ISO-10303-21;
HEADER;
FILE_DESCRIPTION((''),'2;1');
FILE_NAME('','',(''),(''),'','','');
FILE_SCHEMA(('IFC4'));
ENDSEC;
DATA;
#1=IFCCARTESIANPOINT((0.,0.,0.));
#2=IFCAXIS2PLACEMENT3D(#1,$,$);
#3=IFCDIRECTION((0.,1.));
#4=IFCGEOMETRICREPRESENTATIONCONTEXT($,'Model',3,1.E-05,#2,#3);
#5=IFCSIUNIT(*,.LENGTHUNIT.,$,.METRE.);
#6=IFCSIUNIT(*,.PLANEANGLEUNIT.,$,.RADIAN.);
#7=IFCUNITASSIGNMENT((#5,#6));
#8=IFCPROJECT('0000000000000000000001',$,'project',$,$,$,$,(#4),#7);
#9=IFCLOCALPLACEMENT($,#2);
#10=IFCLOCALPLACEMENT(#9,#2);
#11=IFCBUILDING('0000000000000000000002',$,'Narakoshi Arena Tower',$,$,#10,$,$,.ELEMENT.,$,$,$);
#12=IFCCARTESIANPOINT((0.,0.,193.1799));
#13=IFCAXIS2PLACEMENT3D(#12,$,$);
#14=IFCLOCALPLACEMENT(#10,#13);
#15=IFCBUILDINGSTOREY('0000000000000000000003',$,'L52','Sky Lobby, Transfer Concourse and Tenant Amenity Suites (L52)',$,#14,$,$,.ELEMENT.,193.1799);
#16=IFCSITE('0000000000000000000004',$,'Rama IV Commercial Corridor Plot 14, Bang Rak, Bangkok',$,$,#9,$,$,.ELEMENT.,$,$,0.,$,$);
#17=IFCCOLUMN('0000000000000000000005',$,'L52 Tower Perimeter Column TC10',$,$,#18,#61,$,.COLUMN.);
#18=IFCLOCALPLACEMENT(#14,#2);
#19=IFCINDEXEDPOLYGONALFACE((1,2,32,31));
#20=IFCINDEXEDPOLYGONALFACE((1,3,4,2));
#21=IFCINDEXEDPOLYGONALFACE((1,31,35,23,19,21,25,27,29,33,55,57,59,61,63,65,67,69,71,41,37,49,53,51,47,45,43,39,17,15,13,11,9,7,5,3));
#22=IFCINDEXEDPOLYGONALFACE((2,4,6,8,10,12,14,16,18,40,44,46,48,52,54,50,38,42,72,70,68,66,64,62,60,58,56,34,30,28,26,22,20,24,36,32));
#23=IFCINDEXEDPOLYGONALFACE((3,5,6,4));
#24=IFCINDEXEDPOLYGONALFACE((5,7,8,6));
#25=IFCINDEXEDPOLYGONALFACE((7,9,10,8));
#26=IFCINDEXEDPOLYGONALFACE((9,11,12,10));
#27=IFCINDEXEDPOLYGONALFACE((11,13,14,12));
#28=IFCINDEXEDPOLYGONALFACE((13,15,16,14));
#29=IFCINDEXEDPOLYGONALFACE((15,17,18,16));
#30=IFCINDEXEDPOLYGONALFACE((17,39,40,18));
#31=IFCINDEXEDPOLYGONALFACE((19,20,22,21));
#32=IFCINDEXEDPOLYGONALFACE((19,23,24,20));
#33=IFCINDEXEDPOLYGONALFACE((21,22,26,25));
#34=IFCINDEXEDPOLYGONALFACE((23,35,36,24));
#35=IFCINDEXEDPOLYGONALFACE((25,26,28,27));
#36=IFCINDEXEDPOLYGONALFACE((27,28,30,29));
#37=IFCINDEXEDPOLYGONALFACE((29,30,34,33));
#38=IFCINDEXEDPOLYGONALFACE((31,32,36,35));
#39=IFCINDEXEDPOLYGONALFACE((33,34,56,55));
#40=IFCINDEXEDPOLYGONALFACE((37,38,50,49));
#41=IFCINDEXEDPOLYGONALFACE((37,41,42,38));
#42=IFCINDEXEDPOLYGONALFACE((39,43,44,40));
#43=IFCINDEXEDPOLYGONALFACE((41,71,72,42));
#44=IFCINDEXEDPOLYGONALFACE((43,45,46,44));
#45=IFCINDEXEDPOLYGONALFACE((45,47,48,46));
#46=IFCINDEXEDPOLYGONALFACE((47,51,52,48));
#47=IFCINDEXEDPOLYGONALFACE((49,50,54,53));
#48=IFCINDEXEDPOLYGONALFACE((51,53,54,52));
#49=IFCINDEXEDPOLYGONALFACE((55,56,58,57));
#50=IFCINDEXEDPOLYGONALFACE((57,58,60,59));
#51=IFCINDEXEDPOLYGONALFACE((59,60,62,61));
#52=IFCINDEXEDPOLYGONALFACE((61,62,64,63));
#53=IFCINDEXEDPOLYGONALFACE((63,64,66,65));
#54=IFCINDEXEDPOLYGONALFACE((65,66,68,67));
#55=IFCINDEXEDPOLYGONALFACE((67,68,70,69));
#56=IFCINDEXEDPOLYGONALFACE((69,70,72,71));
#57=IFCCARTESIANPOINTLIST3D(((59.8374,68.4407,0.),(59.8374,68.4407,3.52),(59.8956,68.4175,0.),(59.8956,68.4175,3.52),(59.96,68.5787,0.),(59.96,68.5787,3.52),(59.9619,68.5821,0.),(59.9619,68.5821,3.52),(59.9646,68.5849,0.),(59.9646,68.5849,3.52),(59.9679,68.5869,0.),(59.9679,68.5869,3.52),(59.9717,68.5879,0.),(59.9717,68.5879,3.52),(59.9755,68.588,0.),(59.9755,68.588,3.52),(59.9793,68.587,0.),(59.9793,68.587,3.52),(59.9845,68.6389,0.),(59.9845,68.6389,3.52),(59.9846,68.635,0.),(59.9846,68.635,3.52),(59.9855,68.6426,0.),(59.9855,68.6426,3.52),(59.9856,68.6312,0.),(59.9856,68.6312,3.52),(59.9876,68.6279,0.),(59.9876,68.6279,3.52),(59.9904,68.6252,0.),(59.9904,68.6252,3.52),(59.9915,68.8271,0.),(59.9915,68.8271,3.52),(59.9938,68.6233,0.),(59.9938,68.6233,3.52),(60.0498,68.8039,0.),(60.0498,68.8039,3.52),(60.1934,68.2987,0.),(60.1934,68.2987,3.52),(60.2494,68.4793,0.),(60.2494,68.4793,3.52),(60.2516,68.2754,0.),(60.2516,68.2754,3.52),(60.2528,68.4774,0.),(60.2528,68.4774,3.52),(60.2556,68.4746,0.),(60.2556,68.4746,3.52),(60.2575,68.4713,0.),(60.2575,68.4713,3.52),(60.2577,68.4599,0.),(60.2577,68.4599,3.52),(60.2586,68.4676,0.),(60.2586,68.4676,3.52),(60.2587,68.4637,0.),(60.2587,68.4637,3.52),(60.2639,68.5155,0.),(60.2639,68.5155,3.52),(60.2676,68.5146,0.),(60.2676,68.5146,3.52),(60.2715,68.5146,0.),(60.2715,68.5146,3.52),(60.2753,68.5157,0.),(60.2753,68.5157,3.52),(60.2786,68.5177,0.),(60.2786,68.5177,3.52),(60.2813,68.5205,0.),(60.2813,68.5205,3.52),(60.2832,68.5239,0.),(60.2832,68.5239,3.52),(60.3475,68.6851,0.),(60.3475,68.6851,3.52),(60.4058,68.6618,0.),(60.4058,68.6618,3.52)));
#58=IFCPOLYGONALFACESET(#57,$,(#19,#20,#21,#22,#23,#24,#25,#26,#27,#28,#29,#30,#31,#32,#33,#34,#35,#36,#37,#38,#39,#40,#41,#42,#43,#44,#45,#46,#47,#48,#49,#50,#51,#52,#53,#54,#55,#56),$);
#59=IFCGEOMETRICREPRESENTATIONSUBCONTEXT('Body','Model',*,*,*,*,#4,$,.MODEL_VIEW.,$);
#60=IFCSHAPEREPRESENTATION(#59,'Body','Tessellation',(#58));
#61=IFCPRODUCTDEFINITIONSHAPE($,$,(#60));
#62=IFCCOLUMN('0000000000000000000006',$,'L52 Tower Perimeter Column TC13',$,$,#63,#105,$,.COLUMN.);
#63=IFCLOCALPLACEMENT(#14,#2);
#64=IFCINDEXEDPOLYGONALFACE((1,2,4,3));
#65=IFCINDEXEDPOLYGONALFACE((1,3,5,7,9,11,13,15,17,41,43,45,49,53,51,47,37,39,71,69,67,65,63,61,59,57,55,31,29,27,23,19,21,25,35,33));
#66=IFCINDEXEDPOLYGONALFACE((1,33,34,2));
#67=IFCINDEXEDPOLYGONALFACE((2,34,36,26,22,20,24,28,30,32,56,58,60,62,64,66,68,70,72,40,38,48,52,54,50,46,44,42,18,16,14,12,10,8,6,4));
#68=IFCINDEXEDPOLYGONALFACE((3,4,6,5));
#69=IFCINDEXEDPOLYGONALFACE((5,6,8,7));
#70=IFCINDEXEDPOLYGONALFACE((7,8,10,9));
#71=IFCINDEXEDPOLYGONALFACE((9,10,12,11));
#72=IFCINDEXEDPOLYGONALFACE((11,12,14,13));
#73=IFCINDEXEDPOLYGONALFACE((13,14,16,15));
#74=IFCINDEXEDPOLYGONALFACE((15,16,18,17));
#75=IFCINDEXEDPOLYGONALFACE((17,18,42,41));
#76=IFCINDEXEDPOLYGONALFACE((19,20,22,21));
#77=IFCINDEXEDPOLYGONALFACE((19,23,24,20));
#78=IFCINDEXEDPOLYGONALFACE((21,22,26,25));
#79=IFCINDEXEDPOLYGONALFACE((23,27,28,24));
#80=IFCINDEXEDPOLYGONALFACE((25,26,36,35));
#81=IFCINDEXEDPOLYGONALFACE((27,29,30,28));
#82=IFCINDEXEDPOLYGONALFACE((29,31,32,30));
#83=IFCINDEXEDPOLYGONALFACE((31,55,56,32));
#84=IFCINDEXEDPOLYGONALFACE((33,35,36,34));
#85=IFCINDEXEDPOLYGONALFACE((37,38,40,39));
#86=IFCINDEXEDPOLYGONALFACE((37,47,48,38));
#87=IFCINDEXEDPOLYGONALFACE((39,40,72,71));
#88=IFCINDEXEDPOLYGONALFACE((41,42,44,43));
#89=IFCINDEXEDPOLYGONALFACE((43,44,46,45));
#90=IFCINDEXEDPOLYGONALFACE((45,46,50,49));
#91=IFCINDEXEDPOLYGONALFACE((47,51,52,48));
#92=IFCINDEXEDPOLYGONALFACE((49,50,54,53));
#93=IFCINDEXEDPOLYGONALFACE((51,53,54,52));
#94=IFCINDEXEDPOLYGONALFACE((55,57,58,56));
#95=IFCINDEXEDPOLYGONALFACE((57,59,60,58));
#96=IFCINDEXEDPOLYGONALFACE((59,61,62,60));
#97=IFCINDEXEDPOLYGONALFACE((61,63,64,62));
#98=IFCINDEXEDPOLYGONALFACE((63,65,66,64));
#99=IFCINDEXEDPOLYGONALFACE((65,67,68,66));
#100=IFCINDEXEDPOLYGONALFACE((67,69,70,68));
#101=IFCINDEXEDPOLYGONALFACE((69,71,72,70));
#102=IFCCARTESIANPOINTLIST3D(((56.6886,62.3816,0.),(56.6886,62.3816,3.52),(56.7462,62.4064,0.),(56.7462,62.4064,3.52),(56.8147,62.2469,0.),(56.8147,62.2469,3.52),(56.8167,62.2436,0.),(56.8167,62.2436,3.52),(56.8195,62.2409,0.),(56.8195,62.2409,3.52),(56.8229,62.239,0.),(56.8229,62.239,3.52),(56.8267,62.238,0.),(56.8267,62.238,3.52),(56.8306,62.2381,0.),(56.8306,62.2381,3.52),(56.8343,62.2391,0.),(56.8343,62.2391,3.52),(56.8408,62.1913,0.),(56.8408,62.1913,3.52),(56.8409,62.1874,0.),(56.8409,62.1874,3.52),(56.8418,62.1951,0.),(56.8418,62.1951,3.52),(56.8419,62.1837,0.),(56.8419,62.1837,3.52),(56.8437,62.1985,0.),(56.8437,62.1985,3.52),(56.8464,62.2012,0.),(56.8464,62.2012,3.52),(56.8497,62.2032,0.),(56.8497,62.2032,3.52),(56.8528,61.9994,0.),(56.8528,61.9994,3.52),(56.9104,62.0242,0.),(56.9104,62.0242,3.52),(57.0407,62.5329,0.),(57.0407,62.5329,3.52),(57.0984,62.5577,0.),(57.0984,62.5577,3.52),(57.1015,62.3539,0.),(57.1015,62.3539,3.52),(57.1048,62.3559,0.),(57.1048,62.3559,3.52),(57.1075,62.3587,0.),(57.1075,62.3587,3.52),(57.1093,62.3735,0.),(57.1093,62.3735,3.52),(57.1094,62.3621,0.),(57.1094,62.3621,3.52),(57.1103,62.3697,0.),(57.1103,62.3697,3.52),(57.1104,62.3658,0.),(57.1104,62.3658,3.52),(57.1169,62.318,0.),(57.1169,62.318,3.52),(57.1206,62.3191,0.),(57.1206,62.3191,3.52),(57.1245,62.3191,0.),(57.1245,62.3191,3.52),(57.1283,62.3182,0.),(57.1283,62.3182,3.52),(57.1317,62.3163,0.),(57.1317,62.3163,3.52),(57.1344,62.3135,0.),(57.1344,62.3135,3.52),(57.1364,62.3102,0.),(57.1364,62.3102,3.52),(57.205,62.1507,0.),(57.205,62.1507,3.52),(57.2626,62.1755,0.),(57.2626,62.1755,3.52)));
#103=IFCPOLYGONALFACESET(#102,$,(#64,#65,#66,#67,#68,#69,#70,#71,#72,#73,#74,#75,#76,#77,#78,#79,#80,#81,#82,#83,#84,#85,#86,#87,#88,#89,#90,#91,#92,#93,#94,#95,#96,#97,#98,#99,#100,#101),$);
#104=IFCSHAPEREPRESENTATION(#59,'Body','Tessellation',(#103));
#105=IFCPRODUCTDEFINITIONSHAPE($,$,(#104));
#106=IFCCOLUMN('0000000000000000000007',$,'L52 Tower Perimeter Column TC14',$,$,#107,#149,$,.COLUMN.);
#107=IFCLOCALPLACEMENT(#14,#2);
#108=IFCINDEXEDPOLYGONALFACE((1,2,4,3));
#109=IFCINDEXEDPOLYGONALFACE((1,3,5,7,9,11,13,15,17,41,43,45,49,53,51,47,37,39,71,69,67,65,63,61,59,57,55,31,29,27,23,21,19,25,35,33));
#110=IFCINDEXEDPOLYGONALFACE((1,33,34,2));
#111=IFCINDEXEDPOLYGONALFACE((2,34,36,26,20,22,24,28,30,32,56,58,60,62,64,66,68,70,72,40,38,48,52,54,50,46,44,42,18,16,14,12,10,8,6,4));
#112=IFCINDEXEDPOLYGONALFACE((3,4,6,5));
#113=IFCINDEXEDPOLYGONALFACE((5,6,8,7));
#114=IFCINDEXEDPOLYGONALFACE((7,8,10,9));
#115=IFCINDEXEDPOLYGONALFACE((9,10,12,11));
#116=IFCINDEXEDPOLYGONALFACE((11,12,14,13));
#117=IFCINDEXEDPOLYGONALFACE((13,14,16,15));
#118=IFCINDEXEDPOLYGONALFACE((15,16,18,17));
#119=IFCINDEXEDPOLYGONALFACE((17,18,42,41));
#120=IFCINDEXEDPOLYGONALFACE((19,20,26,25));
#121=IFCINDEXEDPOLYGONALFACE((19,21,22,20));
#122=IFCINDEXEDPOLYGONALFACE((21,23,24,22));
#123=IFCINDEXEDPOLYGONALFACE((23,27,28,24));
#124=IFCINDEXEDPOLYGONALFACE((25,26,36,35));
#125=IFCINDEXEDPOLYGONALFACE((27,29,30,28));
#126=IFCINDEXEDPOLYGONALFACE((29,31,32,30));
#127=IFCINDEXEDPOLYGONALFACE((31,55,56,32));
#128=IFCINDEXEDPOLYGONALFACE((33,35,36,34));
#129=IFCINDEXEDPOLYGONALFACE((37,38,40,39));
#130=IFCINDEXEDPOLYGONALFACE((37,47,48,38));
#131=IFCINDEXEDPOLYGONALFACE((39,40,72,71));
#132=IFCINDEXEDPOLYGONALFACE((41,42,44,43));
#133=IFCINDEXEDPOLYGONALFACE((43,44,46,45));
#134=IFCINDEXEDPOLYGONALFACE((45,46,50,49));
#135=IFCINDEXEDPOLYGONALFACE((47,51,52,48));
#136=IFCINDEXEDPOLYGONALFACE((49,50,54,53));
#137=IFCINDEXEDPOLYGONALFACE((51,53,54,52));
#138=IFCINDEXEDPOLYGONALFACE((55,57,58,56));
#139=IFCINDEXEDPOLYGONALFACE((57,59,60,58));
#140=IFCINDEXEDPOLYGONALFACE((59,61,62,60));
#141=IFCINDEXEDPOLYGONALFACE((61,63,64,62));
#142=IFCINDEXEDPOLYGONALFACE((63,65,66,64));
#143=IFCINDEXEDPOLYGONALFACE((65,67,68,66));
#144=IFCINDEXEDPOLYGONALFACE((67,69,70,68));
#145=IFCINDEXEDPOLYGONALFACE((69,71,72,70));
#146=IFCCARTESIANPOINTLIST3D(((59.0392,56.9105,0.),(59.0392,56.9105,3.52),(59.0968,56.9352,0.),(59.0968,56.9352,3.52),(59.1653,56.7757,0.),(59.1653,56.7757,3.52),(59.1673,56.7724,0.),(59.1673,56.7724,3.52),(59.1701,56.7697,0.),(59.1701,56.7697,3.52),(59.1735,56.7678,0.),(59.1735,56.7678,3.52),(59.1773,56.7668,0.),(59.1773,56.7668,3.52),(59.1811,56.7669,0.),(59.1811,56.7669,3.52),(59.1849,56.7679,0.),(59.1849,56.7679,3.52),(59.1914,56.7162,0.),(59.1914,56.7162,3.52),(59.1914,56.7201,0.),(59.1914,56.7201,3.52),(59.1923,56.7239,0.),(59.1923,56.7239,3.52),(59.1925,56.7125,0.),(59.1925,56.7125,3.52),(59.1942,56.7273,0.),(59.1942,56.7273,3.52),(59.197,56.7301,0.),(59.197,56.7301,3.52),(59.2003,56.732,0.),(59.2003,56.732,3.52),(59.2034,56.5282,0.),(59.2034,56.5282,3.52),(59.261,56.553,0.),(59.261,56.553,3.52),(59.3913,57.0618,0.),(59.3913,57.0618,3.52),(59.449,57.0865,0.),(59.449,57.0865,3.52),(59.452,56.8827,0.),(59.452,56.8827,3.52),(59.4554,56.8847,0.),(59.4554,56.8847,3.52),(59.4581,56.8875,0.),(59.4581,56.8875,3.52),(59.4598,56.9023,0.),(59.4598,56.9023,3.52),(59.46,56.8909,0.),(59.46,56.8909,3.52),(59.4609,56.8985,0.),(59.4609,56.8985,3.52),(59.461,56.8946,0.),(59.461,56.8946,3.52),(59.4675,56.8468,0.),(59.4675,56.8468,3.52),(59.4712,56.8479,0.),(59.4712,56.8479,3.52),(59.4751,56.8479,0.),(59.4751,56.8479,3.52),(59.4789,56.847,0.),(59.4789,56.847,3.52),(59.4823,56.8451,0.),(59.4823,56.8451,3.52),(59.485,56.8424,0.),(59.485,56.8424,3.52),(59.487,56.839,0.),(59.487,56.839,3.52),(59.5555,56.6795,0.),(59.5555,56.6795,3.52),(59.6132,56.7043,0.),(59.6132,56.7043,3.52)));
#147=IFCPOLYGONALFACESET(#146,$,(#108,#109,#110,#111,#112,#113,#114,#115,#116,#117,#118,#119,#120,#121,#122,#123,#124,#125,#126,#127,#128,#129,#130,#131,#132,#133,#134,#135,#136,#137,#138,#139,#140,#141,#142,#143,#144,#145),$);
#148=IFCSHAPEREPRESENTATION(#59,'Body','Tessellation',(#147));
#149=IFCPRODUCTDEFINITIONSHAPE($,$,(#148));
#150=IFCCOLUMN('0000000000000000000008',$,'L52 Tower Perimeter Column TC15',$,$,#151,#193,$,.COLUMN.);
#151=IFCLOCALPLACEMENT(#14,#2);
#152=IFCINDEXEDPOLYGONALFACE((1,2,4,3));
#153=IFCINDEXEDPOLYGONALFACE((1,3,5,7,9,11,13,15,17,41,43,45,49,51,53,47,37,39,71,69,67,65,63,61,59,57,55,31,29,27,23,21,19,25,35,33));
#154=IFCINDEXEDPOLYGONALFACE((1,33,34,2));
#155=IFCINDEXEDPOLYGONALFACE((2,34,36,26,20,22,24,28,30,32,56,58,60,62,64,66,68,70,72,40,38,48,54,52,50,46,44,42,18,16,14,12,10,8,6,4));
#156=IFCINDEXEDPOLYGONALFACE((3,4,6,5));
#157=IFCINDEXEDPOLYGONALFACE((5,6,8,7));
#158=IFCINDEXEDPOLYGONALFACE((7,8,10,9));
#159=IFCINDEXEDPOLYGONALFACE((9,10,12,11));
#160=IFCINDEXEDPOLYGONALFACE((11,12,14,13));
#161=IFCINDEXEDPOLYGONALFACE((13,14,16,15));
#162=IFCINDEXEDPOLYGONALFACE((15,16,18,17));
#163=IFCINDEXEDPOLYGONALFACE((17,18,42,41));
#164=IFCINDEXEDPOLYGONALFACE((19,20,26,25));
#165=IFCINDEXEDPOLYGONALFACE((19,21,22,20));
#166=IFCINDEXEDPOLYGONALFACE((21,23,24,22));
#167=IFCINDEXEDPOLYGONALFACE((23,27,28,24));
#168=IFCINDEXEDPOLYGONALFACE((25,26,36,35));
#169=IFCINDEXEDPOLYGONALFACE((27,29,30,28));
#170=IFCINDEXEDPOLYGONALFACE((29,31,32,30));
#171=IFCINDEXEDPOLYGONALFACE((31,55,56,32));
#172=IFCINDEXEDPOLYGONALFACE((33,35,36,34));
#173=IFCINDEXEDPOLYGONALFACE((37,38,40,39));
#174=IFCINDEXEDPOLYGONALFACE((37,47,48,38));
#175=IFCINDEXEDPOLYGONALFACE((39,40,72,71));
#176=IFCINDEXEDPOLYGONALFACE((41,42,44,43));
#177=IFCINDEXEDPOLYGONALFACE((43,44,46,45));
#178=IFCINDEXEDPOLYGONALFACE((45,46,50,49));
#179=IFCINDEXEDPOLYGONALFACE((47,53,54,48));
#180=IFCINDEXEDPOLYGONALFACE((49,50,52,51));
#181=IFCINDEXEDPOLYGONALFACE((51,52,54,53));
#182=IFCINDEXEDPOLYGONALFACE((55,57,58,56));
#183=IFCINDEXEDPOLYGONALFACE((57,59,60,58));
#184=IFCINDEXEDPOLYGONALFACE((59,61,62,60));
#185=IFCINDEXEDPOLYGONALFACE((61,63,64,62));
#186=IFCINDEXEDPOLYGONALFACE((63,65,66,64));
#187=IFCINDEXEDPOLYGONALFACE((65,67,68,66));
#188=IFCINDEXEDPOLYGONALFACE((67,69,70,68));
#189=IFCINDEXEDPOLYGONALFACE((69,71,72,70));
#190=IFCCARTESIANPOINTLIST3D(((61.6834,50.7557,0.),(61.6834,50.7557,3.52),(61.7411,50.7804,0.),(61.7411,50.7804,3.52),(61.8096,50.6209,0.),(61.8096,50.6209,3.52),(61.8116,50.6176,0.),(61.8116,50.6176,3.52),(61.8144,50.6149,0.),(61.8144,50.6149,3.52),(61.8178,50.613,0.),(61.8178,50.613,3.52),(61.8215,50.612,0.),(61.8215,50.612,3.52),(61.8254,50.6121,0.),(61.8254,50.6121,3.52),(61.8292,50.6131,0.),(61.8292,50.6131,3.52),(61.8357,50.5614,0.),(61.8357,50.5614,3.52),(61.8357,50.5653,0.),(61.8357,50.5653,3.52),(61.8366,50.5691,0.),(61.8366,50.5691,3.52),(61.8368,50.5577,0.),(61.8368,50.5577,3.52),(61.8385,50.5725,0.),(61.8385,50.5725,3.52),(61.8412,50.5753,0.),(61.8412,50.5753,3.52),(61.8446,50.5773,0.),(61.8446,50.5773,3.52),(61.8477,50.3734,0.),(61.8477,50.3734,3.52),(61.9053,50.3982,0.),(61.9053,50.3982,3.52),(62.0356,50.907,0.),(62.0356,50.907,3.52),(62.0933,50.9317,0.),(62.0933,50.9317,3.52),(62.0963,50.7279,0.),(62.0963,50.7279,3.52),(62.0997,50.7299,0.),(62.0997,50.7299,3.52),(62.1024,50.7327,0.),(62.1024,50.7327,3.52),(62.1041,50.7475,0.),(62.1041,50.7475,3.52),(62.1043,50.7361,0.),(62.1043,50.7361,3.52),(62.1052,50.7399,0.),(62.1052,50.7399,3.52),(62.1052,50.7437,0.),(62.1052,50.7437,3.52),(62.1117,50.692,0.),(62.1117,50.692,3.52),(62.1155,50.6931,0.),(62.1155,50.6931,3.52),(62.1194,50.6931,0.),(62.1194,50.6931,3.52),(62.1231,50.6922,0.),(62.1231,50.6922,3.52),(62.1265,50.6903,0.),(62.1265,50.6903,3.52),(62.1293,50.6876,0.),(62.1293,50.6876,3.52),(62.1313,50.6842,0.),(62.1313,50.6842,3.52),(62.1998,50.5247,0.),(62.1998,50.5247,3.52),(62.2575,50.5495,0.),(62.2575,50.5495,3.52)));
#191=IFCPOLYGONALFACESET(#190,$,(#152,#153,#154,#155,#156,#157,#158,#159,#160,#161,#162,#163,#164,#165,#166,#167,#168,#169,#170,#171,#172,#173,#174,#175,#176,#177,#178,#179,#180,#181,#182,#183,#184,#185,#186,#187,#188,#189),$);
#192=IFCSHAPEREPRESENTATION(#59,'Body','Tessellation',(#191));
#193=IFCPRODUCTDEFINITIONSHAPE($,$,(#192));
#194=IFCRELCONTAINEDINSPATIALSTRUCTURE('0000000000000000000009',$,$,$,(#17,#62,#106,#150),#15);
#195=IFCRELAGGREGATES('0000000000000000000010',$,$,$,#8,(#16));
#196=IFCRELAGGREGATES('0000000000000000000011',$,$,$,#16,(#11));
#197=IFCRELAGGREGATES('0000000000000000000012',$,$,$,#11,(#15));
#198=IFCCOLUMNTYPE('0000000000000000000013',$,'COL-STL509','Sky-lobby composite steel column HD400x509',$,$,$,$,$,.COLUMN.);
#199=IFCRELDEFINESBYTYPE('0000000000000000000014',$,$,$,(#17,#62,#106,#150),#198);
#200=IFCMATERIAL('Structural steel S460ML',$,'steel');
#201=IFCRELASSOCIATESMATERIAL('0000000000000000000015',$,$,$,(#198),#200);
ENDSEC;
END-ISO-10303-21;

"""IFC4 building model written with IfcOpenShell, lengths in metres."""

from ifc_helpers import new_model, si_unit, direction, frame, origin, origin_2d, place, context, subcontext, project, spatial, i_section, extrude, material, material_profile, profile_set, type_object, element, save


model = new_model("IFC4")

# Units and contexts
model_context = context("Model", 3, precision=1e-05, world=origin(), true_north=direction((0.0, 1.0)))
body_context = subcontext(model_context, "Body", "Model", "MODEL_VIEW")
ifc_project = project(units=[si_unit("LENGTHUNIT", "METRE"), si_unit("PLANEANGLEUNIT", "RADIAN")], contexts=[model_context])

# Site, building, storey
site_placement = place(None, origin())
site = spatial("IfcSite", under=ifc_project, at=site_placement, Name="Rama IV Commercial Corridor Plot 14, Bang Rak, Bangkok", CompositionType="ELEMENT", RefElevation=0.0)
building_placement = place(site_placement, origin())
building = spatial("IfcBuilding", under=site, at=building_placement, Name="Narakoshi Arena Tower", CompositionType="ELEMENT")
storey_placement = place(building_placement, frame((0.0, 0.0, 193.1799)))
storey = spatial("IfcBuildingStorey", under=building, at=storey_placement, Name="L52", Description="Sky Lobby, Transfer Concourse and Tenant Amenity Suites (L52)", CompositionType="ELEMENT", Elevation=193.1799)

# Columns
ifc_material_1 = material(Name="Structural steel S460ML", Category="steel")
ifc_material_profile_1 = material_profile(ifc_material_1, i_section(OverallWidth=0.416, OverallDepth=0.446, WebThickness=0.0391, FlangeThickness=0.0627, FilletRadius=0.0149, at=origin_2d()), Name="HD400x509")
ifc_profile_set_1 = profile_set([ifc_material_profile_1], Name="Structural steel S460ML")
column_type = type_object("IfcColumnType", Name="COL-STL509", Description="Sky-lobby composite steel column HD400x509", PredefinedType="COLUMN", material=ifc_profile_set_1)
for number, where, z_axis, x_axis, name in (
    (1, (60.1216, 68.5513, 0.0), (0.0, 0.0, 1.0), (0.370557, 0.92881, 0.0), "L52 Tower Perimeter Column TC10"),
    (2, (56.9756, 62.2786, 0.0), (0.0, 0.0, 1.0), (-0.394744, 0.918791, 0.0), "L52 Tower Perimeter Column TC13"),
    (3, (59.3262, 56.8074, 0.0), (0.0, 0.0, 1.0), (-0.394744, 0.918791, 0.0), "L52 Tower Perimeter Column TC14"),
    (4, (61.9705, 50.6526, 0.0), (0.0, 0.0, 1.0), (-0.394744, 0.918791, 0.0), "L52 Tower Perimeter Column TC15"),
):
    element("IfcColumn", number, at=place(storey_placement, frame(where, z_axis=z_axis, x_axis=x_axis)), inside=storey, type_object=column_type, Name=name, PredefinedType="COLUMN", context=body_context, shape_type="SweptSolid", body=[
        extrude(i_section(OverallWidth=0.416, OverallDepth=0.446, WebThickness=0.0391, FlangeThickness=0.0627, FilletRadius=0.0149, at=origin_2d()), origin(), (0.0, 0.0, 1.0), 3.52),
    ])

save(model, "model.ifc")
